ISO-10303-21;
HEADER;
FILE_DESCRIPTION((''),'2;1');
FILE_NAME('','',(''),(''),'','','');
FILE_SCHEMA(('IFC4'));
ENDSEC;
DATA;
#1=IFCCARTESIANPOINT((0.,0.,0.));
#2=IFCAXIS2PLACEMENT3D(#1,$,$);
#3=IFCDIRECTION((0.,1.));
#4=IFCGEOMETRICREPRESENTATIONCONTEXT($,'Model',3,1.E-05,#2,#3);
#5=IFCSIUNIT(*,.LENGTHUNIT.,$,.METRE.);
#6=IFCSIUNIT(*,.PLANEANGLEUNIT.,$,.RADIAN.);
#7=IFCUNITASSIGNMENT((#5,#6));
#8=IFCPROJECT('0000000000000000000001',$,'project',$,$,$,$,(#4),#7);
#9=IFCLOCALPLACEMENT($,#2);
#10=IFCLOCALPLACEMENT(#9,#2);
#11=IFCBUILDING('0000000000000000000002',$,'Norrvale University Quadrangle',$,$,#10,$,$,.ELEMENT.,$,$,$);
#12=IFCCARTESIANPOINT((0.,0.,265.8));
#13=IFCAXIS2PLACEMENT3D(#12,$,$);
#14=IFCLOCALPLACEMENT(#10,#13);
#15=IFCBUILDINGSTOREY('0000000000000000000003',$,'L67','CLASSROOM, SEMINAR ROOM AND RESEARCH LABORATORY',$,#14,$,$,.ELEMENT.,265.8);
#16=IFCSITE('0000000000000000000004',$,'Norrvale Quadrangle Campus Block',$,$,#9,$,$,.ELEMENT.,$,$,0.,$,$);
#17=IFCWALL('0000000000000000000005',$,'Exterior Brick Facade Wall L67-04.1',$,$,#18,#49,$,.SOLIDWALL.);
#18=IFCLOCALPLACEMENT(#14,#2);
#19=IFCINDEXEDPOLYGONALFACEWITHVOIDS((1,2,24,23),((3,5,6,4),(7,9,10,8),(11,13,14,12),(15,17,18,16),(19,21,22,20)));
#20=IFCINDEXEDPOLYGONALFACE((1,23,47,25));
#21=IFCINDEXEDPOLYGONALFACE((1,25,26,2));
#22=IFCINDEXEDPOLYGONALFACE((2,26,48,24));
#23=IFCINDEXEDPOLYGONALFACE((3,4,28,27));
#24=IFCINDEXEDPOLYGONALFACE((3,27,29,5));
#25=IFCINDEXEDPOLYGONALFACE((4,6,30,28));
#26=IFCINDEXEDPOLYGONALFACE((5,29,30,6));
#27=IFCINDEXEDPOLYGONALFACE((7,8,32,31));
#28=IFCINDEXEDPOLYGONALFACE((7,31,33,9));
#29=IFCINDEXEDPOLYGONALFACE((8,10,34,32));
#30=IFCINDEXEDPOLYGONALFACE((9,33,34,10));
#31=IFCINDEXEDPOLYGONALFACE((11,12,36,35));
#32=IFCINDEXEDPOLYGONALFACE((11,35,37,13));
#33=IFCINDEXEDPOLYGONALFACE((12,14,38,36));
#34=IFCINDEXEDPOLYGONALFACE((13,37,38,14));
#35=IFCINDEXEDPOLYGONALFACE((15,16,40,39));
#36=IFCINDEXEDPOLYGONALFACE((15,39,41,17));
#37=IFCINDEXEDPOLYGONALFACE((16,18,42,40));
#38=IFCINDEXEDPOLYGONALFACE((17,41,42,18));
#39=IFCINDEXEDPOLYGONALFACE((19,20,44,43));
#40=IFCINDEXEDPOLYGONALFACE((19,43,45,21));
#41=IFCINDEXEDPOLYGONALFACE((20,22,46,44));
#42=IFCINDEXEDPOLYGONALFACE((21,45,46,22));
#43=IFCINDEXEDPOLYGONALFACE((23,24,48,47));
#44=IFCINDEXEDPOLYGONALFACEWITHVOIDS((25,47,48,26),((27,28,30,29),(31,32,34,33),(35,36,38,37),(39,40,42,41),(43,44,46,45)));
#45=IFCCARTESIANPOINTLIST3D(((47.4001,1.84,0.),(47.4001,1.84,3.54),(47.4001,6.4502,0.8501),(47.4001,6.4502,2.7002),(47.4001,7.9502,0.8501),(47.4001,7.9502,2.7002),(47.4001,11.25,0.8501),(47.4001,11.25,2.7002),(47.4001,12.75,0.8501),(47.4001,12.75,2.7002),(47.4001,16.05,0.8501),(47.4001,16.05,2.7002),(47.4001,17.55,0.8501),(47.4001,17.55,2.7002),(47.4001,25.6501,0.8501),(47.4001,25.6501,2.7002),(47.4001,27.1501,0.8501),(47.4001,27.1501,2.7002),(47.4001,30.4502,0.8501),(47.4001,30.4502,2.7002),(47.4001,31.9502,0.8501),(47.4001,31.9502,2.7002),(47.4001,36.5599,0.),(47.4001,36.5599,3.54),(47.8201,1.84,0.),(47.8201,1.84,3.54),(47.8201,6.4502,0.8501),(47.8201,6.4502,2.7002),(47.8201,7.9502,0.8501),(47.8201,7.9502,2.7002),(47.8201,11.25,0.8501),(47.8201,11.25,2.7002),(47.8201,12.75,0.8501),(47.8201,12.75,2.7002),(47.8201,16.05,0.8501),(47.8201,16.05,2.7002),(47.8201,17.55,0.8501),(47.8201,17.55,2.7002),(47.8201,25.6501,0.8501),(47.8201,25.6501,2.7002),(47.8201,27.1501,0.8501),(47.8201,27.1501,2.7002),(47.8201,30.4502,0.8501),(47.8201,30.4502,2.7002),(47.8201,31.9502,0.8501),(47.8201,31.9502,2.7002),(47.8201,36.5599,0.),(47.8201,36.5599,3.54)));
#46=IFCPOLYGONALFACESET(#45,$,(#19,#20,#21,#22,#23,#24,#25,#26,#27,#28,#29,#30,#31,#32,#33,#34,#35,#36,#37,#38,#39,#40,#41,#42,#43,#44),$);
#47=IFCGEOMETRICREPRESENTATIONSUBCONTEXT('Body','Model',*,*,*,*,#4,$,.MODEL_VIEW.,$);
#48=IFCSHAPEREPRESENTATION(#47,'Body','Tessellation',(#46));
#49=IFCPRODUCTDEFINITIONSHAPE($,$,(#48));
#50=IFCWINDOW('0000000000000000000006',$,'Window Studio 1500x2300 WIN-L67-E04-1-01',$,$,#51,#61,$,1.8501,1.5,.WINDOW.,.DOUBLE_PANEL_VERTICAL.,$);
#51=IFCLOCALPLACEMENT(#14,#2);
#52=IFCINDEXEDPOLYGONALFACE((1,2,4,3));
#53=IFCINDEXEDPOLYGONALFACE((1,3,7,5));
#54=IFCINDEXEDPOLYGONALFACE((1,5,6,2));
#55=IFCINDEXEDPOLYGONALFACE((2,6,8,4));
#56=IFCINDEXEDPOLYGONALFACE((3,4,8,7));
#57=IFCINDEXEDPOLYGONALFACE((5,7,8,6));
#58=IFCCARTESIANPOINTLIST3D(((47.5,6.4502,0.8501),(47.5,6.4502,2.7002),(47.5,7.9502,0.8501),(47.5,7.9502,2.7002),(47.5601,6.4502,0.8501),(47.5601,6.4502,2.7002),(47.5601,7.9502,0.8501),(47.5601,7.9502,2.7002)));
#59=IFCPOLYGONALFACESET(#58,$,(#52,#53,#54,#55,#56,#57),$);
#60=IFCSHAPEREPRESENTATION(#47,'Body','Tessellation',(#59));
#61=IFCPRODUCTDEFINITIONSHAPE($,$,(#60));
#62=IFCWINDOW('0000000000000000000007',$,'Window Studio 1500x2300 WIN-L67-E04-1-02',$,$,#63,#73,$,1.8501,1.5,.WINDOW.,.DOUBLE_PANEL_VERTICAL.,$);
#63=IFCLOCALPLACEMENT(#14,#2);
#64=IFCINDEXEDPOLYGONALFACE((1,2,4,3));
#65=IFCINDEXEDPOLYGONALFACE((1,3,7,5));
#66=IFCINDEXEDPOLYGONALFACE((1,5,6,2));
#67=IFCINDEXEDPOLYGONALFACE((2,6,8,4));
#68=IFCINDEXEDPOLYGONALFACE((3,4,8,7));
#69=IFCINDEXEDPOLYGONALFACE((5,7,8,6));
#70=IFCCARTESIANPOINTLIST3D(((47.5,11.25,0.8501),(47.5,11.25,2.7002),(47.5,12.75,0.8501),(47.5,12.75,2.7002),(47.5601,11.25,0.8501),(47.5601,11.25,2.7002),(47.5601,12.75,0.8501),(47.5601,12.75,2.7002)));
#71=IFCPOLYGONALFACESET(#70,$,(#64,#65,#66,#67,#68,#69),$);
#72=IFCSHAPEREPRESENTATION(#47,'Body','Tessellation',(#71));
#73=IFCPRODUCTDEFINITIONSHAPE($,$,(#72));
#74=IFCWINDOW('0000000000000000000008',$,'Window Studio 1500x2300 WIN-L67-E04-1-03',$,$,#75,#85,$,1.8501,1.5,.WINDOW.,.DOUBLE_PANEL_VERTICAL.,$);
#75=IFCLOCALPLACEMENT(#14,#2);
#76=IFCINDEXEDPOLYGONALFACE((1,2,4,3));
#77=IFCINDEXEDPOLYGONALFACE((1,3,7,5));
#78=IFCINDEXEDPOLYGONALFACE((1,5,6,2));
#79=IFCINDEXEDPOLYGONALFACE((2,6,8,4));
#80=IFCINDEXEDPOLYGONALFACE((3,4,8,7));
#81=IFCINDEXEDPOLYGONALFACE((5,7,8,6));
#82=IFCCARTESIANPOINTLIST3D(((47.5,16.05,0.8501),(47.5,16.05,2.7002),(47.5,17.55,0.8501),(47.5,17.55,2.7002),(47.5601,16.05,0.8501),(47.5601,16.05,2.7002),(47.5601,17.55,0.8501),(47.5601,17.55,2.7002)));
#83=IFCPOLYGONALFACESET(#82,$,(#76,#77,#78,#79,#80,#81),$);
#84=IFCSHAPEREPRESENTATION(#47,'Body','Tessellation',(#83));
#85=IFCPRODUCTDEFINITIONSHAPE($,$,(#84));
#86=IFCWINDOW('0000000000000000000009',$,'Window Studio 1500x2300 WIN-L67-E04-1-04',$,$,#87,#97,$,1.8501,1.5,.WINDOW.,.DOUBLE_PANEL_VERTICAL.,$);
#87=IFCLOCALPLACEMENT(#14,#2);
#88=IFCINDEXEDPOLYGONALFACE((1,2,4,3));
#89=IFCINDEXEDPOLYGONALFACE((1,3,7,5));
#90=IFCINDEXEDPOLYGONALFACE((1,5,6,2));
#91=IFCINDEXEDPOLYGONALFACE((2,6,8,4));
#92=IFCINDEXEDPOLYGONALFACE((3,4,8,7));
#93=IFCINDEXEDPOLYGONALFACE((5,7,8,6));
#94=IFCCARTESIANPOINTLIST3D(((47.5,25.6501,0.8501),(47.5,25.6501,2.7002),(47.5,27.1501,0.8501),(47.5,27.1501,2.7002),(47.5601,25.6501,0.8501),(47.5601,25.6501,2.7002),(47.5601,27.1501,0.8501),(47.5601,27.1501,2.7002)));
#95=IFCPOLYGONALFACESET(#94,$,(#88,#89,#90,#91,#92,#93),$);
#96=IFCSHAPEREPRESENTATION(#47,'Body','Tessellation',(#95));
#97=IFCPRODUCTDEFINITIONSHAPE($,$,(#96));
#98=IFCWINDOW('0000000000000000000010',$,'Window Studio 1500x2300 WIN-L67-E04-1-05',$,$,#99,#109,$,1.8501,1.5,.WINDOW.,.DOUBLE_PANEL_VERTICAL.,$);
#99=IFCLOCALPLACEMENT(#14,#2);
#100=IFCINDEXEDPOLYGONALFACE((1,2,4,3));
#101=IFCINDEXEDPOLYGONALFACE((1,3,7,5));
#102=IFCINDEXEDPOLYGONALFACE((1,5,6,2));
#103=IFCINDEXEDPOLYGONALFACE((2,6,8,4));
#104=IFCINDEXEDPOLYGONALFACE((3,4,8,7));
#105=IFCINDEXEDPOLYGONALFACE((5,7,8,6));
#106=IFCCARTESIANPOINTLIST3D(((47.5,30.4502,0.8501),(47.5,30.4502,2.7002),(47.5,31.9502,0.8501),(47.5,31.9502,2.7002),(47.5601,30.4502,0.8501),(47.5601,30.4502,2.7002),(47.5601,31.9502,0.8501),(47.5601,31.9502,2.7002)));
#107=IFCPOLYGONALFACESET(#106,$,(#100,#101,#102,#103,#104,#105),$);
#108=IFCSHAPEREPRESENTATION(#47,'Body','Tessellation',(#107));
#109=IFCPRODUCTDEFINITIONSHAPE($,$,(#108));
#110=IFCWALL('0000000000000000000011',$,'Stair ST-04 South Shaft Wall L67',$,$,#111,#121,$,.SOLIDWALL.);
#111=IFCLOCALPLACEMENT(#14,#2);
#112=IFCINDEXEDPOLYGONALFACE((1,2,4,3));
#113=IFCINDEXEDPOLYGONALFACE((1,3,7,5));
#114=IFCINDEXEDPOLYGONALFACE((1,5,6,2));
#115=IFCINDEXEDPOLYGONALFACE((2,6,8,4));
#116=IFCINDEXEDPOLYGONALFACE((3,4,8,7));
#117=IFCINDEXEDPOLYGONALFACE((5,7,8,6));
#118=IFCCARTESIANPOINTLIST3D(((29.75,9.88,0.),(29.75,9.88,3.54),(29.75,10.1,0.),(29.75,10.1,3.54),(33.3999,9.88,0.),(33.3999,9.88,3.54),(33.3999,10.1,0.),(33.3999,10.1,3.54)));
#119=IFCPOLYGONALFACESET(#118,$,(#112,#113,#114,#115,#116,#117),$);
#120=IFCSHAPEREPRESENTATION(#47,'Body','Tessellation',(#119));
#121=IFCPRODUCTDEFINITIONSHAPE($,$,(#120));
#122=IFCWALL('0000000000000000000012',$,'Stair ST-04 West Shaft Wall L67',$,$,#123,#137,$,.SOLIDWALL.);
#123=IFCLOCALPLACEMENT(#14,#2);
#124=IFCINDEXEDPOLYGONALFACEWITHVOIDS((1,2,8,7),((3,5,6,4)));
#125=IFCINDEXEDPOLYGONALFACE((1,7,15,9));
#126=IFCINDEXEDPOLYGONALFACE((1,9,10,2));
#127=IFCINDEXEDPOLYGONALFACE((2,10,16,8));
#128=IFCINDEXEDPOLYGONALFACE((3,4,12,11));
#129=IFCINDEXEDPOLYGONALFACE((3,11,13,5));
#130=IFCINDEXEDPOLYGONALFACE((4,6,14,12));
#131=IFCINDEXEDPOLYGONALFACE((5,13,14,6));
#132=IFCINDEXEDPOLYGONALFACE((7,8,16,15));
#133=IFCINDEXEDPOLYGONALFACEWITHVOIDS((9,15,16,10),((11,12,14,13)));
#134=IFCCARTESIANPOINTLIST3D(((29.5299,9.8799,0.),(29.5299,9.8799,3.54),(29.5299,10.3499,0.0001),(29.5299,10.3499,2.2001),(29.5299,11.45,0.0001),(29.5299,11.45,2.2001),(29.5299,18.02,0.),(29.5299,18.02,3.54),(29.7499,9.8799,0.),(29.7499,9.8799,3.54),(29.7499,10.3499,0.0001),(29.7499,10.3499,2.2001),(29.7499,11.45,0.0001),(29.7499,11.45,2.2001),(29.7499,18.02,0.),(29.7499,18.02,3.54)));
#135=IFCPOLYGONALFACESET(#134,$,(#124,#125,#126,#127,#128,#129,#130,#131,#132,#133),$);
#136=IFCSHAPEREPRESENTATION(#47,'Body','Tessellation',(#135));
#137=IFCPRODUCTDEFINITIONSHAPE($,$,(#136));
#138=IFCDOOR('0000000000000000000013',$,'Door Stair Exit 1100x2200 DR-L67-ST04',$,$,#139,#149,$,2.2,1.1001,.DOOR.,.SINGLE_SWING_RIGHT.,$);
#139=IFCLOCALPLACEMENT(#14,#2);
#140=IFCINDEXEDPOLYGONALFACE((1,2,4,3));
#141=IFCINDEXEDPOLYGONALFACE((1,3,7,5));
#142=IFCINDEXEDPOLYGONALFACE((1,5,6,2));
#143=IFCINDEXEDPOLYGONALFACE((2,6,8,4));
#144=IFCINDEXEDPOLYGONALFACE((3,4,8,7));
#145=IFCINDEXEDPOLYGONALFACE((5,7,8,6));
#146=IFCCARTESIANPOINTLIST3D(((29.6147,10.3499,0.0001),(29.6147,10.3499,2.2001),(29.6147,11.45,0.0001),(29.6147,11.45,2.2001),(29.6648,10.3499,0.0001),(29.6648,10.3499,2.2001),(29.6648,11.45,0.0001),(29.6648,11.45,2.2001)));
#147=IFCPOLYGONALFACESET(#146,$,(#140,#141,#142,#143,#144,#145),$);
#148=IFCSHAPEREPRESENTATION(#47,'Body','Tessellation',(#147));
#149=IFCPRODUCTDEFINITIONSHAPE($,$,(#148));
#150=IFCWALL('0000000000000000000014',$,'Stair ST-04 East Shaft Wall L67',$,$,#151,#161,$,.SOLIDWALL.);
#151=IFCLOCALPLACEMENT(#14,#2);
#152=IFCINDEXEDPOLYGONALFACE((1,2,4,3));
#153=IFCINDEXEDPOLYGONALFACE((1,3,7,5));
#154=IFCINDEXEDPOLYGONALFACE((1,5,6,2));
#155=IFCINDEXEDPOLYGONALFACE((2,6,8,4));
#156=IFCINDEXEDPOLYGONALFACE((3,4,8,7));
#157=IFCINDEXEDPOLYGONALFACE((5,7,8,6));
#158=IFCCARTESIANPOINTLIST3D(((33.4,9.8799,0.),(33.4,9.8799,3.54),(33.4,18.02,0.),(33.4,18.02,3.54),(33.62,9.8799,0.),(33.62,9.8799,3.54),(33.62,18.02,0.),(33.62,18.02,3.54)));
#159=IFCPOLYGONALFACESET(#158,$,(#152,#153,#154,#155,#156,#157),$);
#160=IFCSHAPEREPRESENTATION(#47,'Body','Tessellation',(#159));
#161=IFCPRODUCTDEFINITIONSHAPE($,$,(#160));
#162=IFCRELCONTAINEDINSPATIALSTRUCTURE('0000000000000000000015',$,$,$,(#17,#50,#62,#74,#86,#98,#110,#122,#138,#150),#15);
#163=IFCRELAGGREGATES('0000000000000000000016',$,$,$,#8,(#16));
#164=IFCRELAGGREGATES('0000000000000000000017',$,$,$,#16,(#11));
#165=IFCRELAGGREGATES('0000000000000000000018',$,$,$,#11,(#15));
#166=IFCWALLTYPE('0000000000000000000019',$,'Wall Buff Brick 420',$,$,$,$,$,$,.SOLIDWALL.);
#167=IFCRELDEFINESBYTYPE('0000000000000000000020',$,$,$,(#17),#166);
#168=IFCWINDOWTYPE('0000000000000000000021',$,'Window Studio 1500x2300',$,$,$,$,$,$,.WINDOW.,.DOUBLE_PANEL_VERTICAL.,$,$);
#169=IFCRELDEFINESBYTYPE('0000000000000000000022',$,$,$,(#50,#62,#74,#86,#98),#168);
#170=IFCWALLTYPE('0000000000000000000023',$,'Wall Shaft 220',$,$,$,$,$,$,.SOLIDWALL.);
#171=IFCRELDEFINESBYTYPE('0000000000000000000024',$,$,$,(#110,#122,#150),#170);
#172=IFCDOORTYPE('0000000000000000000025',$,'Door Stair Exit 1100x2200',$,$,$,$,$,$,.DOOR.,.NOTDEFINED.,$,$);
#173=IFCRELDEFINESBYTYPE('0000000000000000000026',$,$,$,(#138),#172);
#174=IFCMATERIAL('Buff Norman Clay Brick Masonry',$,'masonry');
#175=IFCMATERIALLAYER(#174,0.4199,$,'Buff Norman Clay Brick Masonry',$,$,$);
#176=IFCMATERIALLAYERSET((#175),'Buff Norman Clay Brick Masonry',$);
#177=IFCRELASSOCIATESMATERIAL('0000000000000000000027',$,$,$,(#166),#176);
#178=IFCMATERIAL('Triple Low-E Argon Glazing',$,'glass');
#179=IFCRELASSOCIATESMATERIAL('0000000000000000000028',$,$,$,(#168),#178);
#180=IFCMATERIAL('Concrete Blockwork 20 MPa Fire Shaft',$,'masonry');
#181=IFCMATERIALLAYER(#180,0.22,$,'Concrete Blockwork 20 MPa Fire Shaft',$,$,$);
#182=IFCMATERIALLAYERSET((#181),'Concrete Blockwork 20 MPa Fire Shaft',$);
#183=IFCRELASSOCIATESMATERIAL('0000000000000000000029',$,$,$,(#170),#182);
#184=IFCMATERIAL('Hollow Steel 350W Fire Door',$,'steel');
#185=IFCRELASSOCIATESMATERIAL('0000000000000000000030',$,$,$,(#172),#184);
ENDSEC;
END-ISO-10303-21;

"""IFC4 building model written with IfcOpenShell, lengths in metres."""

from ifc_helpers import new_model, si_unit, direction, frame, frame_2d, origin, place, context, subcontext, project, spatial, rectangle, extrude, material, layer, layer_set, type_object, element, fill, save


model = new_model("IFC4")

# Units and contexts
model_context = context("Model", 3, precision=1e-05, world=origin(), true_north=direction((0.0, 1.0)))
body_context = subcontext(model_context, "Body", "Model", "MODEL_VIEW")
ifc_project = project(units=[si_unit("LENGTHUNIT", "METRE"), si_unit("PLANEANGLEUNIT", "RADIAN")], contexts=[model_context])

# Site, building, storey
site_placement = place(None, origin())
site = spatial("IfcSite", under=ifc_project, at=site_placement, Name="Norrvale Quadrangle Campus Block", CompositionType="ELEMENT", RefElevation=0.0)
building_placement = place(site_placement, origin())
building = spatial("IfcBuilding", under=site, at=building_placement, Name="Norrvale University Quadrangle", CompositionType="ELEMENT")
storey_placement = place(building_placement, frame((0.0, 0.0, 265.8)))
storey = spatial("IfcBuildingStorey", under=building, at=storey_placement, Name="L67", Description="CLASSROOM, SEMINAR ROOM AND RESEARCH LABORATORY", CompositionType="ELEMENT", Elevation=265.8)

# Shared definitions
ifc_material_1 = material(Name="Buff Norman Clay Brick Masonry", Category="masonry")
ifc_layer_1 = layer(ifc_material_1, 0.4199, Name="Buff Norman Clay Brick Masonry")
ifc_layer_set_1 = layer_set([ifc_layer_1], Name="Buff Norman Clay Brick Masonry")
wall_type_1 = type_object("IfcWallType", Name="Wall Buff Brick 420", PredefinedType="SOLIDWALL", material=ifc_layer_set_1)

# Wall, openings, windows
wall_1_placement = place(storey_placement, frame((47.6101, 1.8401, 0.0), z_axis=(0.0, 0.0, 1.0), x_axis=(0.0, 1.0, 0.0)))
wall_1 = element("IfcWall", 1, at=wall_1_placement, inside=storey, type_object=wall_type_1, Name="Exterior Brick Facade Wall L67-04.1", PredefinedType="SOLIDWALL", context=body_context, shape_type="SweptSolid", body=[
    extrude(rectangle(XDim=34.72, YDim=0.4199, at=frame_2d((17.3599, 0.0))), origin(), (0.0, 0.0, 1.0), 3.54),
])
opening_1_placement = place(wall_1_placement, frame((4.6101, 0.0, 0.8501)))
opening_1 = element("IfcOpeningElement", 2, at=opening_1_placement, cuts=wall_1, PredefinedType="OPENING", context=body_context, shape_type="SweptSolid", body=[
    extrude(rectangle(XDim=1.5, YDim=1.8501, at=frame_2d((0.75, 0.925))), frame((0.0, 0.2219, 0.0), z_axis=(0.0, -1.0, 0.0), x_axis=(1.0, 0.0, 0.0)), (0.0, 0.0, 1.0), 0.4438),
])
opening_2_placement = place(wall_1_placement, frame((9.4099, 0.0, 0.8501)))
opening_2 = element("IfcOpeningElement", 3, at=opening_2_placement, cuts=wall_1, PredefinedType="OPENING", context=body_context, shape_type="SweptSolid", body=[
    extrude(rectangle(XDim=1.5, YDim=1.8501, at=frame_2d((0.75, 0.925))), frame((0.0, 0.2219, 0.0), z_axis=(0.0, -1.0, 0.0), x_axis=(1.0, 0.0, 0.0)), (0.0, 0.0, 1.0), 0.4438),
])
opening_3_placement = place(wall_1_placement, frame((14.21, 0.0, 0.8501)))
opening_3 = element("IfcOpeningElement", 4, at=opening_3_placement, cuts=wall_1, PredefinedType="OPENING", context=body_context, shape_type="SweptSolid", body=[
    extrude(rectangle(XDim=1.5, YDim=1.8501, at=frame_2d((0.75, 0.925))), frame((0.0, 0.2219, 0.0), z_axis=(0.0, -1.0, 0.0), x_axis=(1.0, 0.0, 0.0)), (0.0, 0.0, 1.0), 0.4438),
])
opening_4_placement = place(wall_1_placement, frame((23.8101, 0.0, 0.8501)))
opening_4 = element("IfcOpeningElement", 5, at=opening_4_placement, cuts=wall_1, PredefinedType="OPENING", context=body_context, shape_type="SweptSolid", body=[
    extrude(rectangle(XDim=1.5, YDim=1.8501, at=frame_2d((0.75, 0.925))), frame((0.0, 0.2219, 0.0), z_axis=(0.0, -1.0, 0.0), x_axis=(1.0, 0.0, 0.0)), (0.0, 0.0, 1.0), 0.4438),
])
opening_5_placement = place(wall_1_placement, frame((28.6101, 0.0, 0.8501)))
opening_5 = element("IfcOpeningElement", 6, at=opening_5_placement, cuts=wall_1, PredefinedType="OPENING", context=body_context, shape_type="SweptSolid", body=[
    extrude(rectangle(XDim=1.5, YDim=1.8501, at=frame_2d((0.75, 0.925))), frame((0.0, 0.2219, 0.0), z_axis=(0.0, -1.0, 0.0), x_axis=(1.0, 0.0, 0.0)), (0.0, 0.0, 1.0), 0.4438),
])
ifc_material_2 = material(Name="Triple Low-E Argon Glazing", Category="glass")
window_type = type_object("IfcWindowType", Name="Window Studio 1500x2300", PartitioningType="DOUBLE_PANEL_VERTICAL", PredefinedType="WINDOW", material=ifc_material_2)
window_1_placement = place(opening_1_placement, origin())
window_1 = element("IfcWindow", 7, at=window_1_placement, inside=storey, type_object=window_type, Name="Window Studio 1500x2300 WIN-L67-E04-1-01", OverallHeight=1.8501, OverallWidth=1.5, PartitioningType="DOUBLE_PANEL_VERTICAL", PredefinedType="WINDOW", context=body_context, shape_type="SweptSolid", body=[
    extrude(rectangle(XDim=1.5, YDim=1.8501, at=frame_2d((0.75, 0.925))), frame((0.0, 0.1101, 0.0), z_axis=(0.0, -1.0, 0.0), x_axis=(1.0, 0.0, 0.0)), (0.0, 0.0, 1.0), 0.0601),
])
fill(opening_1, window_1)
window_2_placement = place(opening_2_placement, origin())
window_2 = element("IfcWindow", 8, at=window_2_placement, inside=storey, type_object=window_type, Name="Window Studio 1500x2300 WIN-L67-E04-1-02", OverallHeight=1.8501, OverallWidth=1.5, PartitioningType="DOUBLE_PANEL_VERTICAL", PredefinedType="WINDOW", context=body_context, shape_type="SweptSolid", body=[
    extrude(rectangle(XDim=1.5, YDim=1.8501, at=frame_2d((0.75, 0.925))), frame((0.0, 0.1101, 0.0), z_axis=(0.0, -1.0, 0.0), x_axis=(1.0, 0.0, 0.0)), (0.0, 0.0, 1.0), 0.0601),
])
fill(opening_2, window_2)
window_3_placement = place(opening_3_placement, origin())
window_3 = element("IfcWindow", 9, at=window_3_placement, inside=storey, type_object=window_type, Name="Window Studio 1500x2300 WIN-L67-E04-1-03", OverallHeight=1.8501, OverallWidth=1.5, PartitioningType="DOUBLE_PANEL_VERTICAL", PredefinedType="WINDOW", context=body_context, shape_type="SweptSolid", body=[
    extrude(rectangle(XDim=1.5, YDim=1.8501, at=frame_2d((0.75, 0.925))), frame((0.0, 0.1101, 0.0), z_axis=(0.0, -1.0, 0.0), x_axis=(1.0, 0.0, 0.0)), (0.0, 0.0, 1.0), 0.0601),
])
fill(opening_3, window_3)
window_4_placement = place(opening_4_placement, origin())
window_4 = element("IfcWindow", 10, at=window_4_placement, inside=storey, type_object=window_type, Name="Window Studio 1500x2300 WIN-L67-E04-1-04", OverallHeight=1.8501, OverallWidth=1.5, PartitioningType="DOUBLE_PANEL_VERTICAL", PredefinedType="WINDOW", context=body_context, shape_type="SweptSolid", body=[
    extrude(rectangle(XDim=1.5, YDim=1.8501, at=frame_2d((0.75, 0.925))), frame((0.0, 0.1101, 0.0), z_axis=(0.0, -1.0, 0.0), x_axis=(1.0, 0.0, 0.0)), (0.0, 0.0, 1.0), 0.0601),
])
fill(opening_4, window_4)
window_5_placement = place(opening_5_placement, origin())
window_5 = element("IfcWindow", 11, at=window_5_placement, inside=storey, type_object=window_type, Name="Window Studio 1500x2300 WIN-L67-E04-1-05", OverallHeight=1.8501, OverallWidth=1.5, PartitioningType="DOUBLE_PANEL_VERTICAL", PredefinedType="WINDOW", context=body_context, shape_type="SweptSolid", body=[
    extrude(rectangle(XDim=1.5, YDim=1.8501, at=frame_2d((0.75, 0.925))), frame((0.0, 0.1101, 0.0), z_axis=(0.0, -1.0, 0.0), x_axis=(1.0, 0.0, 0.0)), (0.0, 0.0, 1.0), 0.0601),
])
fill(opening_5, window_5)

# Wall
ifc_material_3 = material(Name="Concrete Blockwork 20 MPa Fire Shaft", Category="masonry")
ifc_layer_2 = layer(ifc_material_3, 0.22, Name="Concrete Blockwork 20 MPa Fire Shaft")
ifc_layer_set_2 = layer_set([ifc_layer_2], Name="Concrete Blockwork 20 MPa Fire Shaft")
wall_type_2 = type_object("IfcWallType", Name="Wall Shaft 220", PredefinedType="SOLIDWALL", material=ifc_layer_set_2)
wall_2_placement = place(storey_placement, frame((29.75, 9.99, 0.0), z_axis=(0.0, 0.0, 1.0), x_axis=(1.0, 0.0, 0.0)))
element("IfcWall", 12, at=wall_2_placement, inside=storey, type_object=wall_type_2, Name="Stair ST-04 South Shaft Wall L67", PredefinedType="SOLIDWALL", context=body_context, shape_type="SweptSolid", body=[
    extrude(rectangle(XDim=3.6499, YDim=0.22, at=frame_2d((1.825, 0.0))), origin(), (0.0, 0.0, 1.0), 3.54),
])

# Wall, opening, door
wall_3_placement = place(storey_placement, frame((29.6399, 9.8799, 0.0), z_axis=(0.0, 0.0, 1.0), x_axis=(0.0, 1.0, 0.0)))
wall_3 = element("IfcWall", 13, at=wall_3_placement, inside=storey, type_object=wall_type_2, Name="Stair ST-04 West Shaft Wall L67", PredefinedType="SOLIDWALL", context=body_context, shape_type="SweptSolid", body=[
    extrude(rectangle(XDim=8.1401, YDim=0.22, at=frame_2d((4.0701, 0.0))), origin(), (0.0, 0.0, 1.0), 3.54),
])
opening_6_placement = place(wall_3_placement, frame((0.47, 0.0, 0.0)))
opening_6 = element("IfcOpeningElement", 14, at=opening_6_placement, cuts=wall_3, PredefinedType="OPENING", context=body_context, shape_type="SweptSolid", body=[
    extrude(rectangle(XDim=1.1001, YDim=2.2, at=frame_2d((0.55, 1.1001))), frame((0.0, 0.1221, 0.0), z_axis=(0.0, -1.0, 0.0), x_axis=(1.0, 0.0, 0.0)), (0.0, 0.0, 1.0), 0.2439),
])
ifc_material_4 = material(Name="Hollow Steel 350W Fire Door", Category="steel")
door_type = type_object("IfcDoorType", Name="Door Stair Exit 1100x2200", OperationType="NOTDEFINED", PredefinedType="DOOR", material=ifc_material_4)
door_placement = place(opening_6_placement, frame((1.1001, 0.0, 0.0), z_axis=(0.0, 0.0, 1.0), x_axis=(-1.0, 0.0, 0.0)))
door = element("IfcDoor", 15, at=door_placement, inside=storey, type_object=door_type, Name="Door Stair Exit 1100x2200 DR-L67-ST04", OperationType="SINGLE_SWING_RIGHT", OverallHeight=2.2, OverallWidth=1.1001, PredefinedType="DOOR", context=body_context, shape_type="SweptSolid", body=[
    extrude(rectangle(XDim=1.1001, YDim=2.2, at=frame_2d((0.55, 1.1001))), frame((0.0, 0.0249, 0.0), z_axis=(0.0, -1.0, 0.0), x_axis=(1.0, 0.0, 0.0)), (0.0, 0.0, 1.0), 0.05),
])
fill(opening_6, door)

# Wall
wall_4_placement = place(storey_placement, frame((33.51, 9.8799, 0.0), z_axis=(0.0, 0.0, 1.0), x_axis=(0.0, 1.0, 0.0)))
element("IfcWall", 16, at=wall_4_placement, inside=storey, type_object=wall_type_2, Name="Stair ST-04 East Shaft Wall L67", PredefinedType="SOLIDWALL", context=body_context, shape_type="SweptSolid", body=[
    extrude(rectangle(XDim=8.1401, YDim=0.22, at=frame_2d((4.0701, 0.0))), origin(), (0.0, 0.0, 1.0), 3.54),
])

save(model, "model.ifc")
